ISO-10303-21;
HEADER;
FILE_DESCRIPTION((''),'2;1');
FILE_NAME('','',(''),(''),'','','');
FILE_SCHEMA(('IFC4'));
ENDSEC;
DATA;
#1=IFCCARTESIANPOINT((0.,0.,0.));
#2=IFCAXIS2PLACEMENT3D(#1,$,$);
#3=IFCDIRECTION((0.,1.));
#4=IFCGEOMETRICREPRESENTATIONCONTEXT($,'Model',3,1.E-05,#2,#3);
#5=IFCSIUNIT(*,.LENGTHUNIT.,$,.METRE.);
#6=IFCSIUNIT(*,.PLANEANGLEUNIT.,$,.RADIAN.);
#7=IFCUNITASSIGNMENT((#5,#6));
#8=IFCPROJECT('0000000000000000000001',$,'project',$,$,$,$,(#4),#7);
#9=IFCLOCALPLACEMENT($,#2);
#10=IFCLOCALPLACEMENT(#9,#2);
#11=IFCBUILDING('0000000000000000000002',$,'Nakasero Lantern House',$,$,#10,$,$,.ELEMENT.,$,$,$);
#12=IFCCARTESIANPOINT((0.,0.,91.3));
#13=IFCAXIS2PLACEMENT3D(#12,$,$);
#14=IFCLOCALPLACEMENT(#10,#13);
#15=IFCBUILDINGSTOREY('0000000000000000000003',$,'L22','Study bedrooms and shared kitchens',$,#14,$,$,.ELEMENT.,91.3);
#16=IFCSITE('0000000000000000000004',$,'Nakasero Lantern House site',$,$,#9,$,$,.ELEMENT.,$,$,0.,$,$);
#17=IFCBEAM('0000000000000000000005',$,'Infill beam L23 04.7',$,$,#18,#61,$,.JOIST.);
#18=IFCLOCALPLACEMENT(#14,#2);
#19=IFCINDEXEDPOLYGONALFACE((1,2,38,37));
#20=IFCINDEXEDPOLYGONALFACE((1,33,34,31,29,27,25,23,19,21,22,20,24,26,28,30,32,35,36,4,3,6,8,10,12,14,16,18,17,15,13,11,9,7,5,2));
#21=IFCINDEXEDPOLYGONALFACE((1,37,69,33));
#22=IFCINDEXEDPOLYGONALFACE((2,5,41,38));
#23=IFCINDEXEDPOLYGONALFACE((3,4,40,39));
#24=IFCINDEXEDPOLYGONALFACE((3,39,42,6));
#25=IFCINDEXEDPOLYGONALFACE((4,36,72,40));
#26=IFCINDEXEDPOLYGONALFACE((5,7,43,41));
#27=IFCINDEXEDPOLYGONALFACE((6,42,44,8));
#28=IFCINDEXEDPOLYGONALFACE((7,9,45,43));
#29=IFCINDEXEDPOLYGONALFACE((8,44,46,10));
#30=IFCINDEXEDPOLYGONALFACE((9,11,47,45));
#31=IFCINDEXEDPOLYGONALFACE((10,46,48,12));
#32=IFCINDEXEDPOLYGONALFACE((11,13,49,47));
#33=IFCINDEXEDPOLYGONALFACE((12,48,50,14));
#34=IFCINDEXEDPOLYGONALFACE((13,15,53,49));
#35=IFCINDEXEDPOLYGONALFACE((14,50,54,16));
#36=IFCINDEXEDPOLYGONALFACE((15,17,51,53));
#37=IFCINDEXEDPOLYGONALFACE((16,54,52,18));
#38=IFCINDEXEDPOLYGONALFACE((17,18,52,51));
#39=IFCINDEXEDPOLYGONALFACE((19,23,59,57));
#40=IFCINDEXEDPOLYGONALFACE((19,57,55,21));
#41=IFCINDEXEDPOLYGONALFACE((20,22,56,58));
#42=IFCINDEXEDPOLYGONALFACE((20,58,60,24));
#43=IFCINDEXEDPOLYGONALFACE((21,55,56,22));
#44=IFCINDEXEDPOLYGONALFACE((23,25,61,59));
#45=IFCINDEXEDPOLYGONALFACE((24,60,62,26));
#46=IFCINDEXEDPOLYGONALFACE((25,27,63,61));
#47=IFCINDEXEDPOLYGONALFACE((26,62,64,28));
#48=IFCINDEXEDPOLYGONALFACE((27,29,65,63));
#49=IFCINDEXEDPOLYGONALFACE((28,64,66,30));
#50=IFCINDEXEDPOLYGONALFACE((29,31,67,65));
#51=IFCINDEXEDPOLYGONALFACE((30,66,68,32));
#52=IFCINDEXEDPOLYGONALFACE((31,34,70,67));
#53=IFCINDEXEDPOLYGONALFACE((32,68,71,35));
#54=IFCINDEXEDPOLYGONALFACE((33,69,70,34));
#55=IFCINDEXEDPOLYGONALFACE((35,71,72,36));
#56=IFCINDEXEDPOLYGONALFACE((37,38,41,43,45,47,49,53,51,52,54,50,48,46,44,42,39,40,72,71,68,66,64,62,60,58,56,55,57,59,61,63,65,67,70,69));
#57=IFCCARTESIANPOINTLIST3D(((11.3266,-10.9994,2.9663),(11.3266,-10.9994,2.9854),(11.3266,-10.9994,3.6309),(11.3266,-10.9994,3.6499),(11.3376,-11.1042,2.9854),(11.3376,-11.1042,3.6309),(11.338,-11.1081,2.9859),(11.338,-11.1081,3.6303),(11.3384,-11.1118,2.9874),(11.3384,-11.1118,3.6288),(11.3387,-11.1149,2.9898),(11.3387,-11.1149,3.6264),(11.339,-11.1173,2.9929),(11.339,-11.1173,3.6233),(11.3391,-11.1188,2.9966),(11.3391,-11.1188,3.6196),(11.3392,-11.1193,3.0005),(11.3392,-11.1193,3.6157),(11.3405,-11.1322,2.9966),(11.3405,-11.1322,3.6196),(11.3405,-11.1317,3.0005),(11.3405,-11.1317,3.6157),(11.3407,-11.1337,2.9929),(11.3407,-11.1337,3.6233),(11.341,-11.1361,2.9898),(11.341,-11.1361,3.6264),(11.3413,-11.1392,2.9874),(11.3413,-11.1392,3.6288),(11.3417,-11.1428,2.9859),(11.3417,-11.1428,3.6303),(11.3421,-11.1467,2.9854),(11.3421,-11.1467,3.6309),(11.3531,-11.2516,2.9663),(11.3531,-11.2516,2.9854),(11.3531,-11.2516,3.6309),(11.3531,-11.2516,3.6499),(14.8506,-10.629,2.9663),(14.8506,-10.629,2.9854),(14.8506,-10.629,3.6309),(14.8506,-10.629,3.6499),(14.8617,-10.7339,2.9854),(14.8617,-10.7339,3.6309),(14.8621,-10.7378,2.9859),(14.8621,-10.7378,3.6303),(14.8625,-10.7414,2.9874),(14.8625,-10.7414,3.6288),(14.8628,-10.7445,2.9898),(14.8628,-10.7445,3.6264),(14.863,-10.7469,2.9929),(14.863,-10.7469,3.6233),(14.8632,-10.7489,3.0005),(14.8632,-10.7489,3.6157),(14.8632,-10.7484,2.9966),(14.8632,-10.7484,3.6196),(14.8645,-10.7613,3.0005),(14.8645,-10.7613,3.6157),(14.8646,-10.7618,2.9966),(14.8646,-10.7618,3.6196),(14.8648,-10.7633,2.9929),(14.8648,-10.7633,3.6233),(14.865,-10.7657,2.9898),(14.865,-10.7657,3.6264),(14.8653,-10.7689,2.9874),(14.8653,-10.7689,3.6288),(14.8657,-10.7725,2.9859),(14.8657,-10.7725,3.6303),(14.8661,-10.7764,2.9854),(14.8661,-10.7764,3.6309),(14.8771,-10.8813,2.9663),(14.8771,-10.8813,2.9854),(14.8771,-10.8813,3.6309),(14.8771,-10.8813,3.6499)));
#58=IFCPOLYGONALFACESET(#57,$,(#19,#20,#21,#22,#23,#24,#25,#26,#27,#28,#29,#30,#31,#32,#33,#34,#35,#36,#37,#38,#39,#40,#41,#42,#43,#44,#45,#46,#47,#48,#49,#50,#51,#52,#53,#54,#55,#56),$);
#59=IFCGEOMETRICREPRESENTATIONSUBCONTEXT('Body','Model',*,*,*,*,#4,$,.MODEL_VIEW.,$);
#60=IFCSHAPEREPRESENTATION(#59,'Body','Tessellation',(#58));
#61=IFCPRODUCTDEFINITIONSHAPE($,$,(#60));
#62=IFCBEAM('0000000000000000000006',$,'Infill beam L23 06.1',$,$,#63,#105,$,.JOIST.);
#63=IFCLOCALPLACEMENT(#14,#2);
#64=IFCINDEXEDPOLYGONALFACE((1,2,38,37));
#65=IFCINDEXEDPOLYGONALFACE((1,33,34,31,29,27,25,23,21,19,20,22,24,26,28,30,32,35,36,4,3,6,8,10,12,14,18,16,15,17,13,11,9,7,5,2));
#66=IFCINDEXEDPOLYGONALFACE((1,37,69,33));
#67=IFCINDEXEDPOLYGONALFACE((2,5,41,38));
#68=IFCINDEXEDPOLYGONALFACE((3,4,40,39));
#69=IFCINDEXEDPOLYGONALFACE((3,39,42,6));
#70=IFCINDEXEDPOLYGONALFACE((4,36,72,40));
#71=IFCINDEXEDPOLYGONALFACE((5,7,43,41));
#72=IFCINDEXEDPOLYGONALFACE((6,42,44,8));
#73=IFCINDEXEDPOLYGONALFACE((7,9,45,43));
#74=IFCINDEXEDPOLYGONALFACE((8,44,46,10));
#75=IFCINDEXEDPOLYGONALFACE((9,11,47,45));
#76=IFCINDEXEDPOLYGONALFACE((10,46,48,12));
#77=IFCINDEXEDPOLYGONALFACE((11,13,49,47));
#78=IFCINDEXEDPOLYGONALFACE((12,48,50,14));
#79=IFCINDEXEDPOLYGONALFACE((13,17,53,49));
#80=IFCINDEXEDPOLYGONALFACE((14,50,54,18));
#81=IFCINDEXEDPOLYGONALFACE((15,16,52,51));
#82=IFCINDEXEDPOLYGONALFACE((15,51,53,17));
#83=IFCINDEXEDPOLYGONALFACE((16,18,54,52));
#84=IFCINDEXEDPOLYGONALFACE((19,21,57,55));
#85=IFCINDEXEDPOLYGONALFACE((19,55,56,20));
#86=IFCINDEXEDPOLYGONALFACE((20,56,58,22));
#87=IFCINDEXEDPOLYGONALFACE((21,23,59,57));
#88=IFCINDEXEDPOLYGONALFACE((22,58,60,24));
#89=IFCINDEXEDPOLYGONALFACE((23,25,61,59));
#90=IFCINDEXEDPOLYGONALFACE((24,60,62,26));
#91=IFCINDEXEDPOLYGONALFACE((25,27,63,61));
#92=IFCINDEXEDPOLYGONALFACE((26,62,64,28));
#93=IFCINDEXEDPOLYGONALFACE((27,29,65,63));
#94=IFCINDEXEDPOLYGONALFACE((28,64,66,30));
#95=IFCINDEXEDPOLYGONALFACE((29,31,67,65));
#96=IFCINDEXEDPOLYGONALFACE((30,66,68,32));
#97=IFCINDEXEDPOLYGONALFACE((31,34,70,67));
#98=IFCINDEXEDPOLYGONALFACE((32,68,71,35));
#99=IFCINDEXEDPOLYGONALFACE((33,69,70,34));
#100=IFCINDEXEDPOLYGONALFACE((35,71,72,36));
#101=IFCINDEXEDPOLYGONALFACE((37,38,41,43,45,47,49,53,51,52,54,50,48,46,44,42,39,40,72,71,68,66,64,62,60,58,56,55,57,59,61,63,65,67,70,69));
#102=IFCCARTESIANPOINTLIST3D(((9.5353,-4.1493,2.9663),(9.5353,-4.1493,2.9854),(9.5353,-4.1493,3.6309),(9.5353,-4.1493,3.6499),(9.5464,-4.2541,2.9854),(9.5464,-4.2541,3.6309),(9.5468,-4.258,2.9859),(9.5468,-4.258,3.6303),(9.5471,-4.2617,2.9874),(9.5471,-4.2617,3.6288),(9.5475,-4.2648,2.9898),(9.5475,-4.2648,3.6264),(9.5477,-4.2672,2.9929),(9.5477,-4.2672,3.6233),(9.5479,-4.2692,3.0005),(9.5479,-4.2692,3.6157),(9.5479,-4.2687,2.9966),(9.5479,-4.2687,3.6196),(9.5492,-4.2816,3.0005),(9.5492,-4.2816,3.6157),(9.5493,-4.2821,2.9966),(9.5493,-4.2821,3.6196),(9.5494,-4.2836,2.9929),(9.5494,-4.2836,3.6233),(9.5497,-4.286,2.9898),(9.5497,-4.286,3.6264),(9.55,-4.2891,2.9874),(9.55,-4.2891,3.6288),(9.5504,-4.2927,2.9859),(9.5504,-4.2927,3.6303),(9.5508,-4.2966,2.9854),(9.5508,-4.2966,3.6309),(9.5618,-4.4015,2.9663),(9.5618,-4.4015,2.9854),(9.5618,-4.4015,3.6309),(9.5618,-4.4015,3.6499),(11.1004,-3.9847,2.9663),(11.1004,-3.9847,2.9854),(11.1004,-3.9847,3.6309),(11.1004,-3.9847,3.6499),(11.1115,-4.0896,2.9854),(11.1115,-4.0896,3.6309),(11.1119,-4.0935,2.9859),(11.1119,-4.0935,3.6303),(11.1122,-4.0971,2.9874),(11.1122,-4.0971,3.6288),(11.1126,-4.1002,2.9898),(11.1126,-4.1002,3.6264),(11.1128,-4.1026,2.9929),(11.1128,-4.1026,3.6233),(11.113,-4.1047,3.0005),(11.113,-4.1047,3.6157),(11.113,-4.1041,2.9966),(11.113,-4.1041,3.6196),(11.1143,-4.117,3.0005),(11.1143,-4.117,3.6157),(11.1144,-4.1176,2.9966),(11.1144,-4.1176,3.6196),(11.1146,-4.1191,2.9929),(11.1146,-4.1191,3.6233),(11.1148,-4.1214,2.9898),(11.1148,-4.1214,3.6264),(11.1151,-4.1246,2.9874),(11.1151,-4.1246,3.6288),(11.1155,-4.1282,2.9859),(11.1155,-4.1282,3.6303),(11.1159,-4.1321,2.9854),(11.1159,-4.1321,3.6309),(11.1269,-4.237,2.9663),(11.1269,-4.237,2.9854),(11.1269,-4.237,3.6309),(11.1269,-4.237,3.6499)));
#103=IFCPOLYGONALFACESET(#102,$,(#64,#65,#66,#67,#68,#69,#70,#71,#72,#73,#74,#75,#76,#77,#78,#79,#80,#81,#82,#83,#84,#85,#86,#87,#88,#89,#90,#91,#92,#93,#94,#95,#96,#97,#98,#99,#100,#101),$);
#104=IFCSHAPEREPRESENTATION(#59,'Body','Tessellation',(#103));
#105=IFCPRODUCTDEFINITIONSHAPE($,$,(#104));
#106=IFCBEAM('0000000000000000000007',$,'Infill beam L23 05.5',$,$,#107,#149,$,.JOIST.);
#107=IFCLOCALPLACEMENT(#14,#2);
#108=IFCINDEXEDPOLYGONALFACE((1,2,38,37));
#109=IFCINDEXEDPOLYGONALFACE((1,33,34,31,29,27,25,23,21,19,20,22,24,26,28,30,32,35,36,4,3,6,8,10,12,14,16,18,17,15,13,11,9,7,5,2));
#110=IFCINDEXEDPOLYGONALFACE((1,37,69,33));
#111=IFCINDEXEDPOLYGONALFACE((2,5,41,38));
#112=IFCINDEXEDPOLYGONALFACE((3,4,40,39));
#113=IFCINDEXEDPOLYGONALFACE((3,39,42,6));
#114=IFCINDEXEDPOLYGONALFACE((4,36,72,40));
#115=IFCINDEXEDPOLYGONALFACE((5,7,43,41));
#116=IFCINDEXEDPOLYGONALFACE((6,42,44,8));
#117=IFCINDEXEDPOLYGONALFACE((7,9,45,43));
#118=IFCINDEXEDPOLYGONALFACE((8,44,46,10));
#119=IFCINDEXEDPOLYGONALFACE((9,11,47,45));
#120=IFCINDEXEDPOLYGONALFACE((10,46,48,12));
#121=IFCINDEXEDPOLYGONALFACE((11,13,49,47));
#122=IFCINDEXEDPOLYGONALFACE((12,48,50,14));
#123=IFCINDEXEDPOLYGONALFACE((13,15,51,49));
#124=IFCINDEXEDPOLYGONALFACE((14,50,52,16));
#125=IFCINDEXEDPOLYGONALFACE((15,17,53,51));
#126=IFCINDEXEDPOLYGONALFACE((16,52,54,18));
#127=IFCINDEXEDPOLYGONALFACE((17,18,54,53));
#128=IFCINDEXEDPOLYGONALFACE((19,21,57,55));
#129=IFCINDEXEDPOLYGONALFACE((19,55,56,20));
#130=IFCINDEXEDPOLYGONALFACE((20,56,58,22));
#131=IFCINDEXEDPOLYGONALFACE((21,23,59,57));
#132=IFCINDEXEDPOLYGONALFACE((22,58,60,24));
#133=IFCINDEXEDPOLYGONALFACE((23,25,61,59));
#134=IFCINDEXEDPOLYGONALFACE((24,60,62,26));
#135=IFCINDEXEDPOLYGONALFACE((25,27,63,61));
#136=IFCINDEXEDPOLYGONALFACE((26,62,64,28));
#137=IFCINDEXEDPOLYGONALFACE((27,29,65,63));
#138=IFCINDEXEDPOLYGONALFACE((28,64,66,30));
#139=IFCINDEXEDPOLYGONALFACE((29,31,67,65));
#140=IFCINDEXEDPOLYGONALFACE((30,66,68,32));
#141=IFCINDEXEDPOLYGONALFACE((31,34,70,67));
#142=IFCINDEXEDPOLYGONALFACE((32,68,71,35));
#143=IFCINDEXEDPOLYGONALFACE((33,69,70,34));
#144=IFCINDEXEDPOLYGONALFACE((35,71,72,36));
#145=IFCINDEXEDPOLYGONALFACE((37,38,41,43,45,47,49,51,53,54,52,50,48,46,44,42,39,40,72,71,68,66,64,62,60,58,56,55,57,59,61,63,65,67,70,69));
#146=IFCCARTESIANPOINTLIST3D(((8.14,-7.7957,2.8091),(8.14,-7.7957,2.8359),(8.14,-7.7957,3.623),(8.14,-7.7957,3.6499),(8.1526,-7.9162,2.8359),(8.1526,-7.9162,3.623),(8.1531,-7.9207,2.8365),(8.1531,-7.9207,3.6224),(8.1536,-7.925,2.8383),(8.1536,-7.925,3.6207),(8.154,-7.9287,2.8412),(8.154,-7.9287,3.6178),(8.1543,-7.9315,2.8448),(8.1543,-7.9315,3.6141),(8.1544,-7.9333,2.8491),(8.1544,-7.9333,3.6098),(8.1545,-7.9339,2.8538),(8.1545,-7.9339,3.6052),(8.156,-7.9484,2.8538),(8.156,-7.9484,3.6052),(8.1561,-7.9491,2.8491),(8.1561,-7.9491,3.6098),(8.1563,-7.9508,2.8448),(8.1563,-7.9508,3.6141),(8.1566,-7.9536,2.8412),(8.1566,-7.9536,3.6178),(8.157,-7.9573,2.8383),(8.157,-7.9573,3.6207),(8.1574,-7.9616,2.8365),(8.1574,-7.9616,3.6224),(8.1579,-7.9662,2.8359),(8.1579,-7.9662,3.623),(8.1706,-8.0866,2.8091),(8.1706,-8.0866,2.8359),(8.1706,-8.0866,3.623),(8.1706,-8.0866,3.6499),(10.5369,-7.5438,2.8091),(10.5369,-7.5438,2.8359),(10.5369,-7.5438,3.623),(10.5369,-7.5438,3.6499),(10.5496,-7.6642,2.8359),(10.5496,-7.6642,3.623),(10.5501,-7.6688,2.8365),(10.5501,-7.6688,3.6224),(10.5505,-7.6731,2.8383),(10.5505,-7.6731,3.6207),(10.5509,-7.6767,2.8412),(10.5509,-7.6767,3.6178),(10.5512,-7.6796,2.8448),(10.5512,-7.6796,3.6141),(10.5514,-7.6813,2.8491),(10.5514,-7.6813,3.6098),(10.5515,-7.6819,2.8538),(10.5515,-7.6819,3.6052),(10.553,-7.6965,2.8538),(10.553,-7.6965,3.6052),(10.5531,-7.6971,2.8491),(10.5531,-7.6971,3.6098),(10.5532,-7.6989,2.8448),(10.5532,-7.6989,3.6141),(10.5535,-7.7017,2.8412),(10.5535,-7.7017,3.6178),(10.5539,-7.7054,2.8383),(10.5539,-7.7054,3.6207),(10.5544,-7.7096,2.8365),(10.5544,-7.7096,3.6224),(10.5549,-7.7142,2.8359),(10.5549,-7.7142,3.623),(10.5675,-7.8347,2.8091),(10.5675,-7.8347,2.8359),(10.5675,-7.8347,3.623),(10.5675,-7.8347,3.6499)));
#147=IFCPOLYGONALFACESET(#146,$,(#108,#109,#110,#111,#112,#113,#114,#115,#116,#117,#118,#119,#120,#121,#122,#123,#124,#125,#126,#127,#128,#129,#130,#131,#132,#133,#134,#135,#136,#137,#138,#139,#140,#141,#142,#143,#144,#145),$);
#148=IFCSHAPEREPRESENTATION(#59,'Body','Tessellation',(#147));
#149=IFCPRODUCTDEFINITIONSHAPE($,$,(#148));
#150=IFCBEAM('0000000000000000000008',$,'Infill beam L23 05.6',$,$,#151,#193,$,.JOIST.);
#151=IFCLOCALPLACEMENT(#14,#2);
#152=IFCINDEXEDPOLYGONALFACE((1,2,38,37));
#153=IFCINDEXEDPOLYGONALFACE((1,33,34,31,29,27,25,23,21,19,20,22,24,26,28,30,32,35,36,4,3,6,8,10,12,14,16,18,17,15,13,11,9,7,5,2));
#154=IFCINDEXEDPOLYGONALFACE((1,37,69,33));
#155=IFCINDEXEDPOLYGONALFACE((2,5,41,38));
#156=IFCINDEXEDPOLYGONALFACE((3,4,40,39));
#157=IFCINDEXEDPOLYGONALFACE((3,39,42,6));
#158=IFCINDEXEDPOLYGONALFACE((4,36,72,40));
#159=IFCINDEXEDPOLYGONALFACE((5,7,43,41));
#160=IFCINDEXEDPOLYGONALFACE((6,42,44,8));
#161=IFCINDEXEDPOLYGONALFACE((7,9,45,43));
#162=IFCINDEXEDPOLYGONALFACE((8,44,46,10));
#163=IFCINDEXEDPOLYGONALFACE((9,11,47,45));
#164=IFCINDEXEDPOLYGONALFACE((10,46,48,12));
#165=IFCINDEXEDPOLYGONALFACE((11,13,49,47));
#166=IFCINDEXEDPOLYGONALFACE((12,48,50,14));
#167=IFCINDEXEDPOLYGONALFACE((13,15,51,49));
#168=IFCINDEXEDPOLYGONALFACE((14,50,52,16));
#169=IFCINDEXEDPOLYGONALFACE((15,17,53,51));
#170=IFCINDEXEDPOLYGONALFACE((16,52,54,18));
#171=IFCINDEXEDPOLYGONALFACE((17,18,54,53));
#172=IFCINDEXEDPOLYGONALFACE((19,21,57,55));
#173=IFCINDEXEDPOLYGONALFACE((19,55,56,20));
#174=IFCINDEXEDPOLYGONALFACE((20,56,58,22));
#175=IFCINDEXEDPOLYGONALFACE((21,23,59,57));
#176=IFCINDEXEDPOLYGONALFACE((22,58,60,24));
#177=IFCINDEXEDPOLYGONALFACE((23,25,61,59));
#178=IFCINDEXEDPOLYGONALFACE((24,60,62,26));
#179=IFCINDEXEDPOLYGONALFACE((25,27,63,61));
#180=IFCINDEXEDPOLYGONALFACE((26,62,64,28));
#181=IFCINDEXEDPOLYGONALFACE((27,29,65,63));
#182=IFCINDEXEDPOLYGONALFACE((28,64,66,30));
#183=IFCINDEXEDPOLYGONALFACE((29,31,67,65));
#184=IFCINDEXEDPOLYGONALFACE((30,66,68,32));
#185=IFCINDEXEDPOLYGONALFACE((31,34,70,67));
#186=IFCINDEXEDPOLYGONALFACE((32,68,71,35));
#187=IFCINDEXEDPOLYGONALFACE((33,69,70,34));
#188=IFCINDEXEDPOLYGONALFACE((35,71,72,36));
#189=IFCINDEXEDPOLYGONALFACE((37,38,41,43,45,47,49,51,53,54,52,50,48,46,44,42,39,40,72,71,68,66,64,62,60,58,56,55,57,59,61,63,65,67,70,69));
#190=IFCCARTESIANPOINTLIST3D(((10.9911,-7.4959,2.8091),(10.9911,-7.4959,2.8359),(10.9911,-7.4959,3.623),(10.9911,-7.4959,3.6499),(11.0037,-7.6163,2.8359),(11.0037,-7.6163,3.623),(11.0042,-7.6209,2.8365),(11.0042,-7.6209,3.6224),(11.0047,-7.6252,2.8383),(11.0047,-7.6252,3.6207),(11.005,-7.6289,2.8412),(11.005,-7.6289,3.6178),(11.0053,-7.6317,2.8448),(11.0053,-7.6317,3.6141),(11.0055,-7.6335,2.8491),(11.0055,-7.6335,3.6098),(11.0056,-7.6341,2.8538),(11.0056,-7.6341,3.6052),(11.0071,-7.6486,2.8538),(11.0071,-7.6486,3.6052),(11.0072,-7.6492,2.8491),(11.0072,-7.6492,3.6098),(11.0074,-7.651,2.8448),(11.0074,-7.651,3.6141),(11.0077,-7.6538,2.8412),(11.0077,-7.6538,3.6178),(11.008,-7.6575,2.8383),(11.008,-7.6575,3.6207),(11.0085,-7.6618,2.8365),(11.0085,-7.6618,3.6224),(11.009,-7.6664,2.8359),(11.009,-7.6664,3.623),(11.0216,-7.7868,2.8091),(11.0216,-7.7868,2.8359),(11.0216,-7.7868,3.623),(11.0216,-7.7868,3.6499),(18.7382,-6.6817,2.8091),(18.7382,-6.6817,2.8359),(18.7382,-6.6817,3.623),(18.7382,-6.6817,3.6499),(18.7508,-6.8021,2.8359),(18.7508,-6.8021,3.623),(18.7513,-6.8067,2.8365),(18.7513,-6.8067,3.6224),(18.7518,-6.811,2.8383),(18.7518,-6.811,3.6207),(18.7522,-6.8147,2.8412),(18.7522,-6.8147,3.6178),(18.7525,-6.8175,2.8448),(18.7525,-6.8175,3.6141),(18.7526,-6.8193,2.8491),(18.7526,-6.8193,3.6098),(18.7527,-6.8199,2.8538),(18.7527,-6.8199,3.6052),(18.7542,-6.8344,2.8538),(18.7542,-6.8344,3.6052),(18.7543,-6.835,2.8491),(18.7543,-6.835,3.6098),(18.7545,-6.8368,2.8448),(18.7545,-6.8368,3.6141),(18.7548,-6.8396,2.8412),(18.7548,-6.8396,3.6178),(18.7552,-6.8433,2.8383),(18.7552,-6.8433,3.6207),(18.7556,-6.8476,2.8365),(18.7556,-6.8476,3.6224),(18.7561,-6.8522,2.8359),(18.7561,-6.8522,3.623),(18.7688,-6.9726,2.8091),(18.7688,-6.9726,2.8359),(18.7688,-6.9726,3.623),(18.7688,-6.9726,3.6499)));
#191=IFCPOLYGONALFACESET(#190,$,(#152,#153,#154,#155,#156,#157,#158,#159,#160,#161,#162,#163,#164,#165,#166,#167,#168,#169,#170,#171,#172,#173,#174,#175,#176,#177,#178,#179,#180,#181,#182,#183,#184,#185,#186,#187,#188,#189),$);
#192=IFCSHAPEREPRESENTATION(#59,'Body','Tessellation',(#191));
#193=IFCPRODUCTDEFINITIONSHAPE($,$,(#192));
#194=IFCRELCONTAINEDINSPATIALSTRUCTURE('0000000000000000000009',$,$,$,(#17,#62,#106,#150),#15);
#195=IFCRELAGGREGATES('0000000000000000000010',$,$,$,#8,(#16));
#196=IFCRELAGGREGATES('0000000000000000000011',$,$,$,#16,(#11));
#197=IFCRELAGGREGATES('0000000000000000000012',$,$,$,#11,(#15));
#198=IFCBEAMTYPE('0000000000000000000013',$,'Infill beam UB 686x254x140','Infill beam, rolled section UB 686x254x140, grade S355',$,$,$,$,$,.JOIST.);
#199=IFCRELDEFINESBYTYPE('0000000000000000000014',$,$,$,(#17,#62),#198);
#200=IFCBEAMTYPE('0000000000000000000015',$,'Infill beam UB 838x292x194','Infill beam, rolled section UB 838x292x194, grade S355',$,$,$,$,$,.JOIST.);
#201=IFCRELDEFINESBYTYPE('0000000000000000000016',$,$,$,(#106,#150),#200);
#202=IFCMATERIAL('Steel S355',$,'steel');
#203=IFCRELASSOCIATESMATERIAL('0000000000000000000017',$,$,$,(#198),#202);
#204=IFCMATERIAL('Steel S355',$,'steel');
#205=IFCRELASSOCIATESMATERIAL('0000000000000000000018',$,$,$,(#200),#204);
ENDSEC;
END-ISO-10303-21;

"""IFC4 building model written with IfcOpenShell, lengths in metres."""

from ifc_helpers import new_model, si_unit, direction, frame, origin, origin_2d, place, context, subcontext, project, spatial, i_section, extrude, material, material_profile, profile_set, type_object, element, save


model = new_model("IFC4")

# Units and contexts
model_context = context("Model", 3, precision=1e-05, world=origin(), true_north=direction((0.0, 1.0)))
body_context = subcontext(model_context, "Body", "Model", "MODEL_VIEW")
ifc_project = project(units=[si_unit("LENGTHUNIT", "METRE"), si_unit("PLANEANGLEUNIT", "RADIAN")], contexts=[model_context])

# Site, building, storey
site_placement = place(None, origin())
site = spatial("IfcSite", under=ifc_project, at=site_placement, Name="Nakasero Lantern House site", CompositionType="ELEMENT", RefElevation=0.0)
building_placement = place(site_placement, origin())
building = spatial("IfcBuilding", under=site, at=building_placement, Name="Nakasero Lantern House", CompositionType="ELEMENT")
storey_placement = place(building_placement, frame((0.0, 0.0, 91.3)))
storey = spatial("IfcBuildingStorey", under=building, at=storey_placement, Name="L22", Description="Study bedrooms and shared kitchens", CompositionType="ELEMENT", Elevation=91.3)

# Beams
ifc_material_1 = material(Name="Steel S355", Category="steel")
ifc_material_profile_1 = material_profile(ifc_material_1, i_section(OverallWidth=0.2537, OverallDepth=0.6836, WebThickness=0.0125, FlangeThickness=0.019, FilletRadius=0.0151, at=origin_2d()), Name="UB 686x254x140")
ifc_profile_set_1 = profile_set([ifc_material_profile_1], Name="Steel S355")
beam_type_1 = type_object("IfcBeamType", Name="Infill beam UB 686x254x140", Description="Infill beam, rolled section UB 686x254x140, grade S355", PredefinedType="JOIST", material=ifc_profile_set_1)
beam_1_placement = place(storey_placement, frame((11.3398, -11.1255, 3.3081), z_axis=(0.994523, 0.104516, 0.0), x_axis=(-0.104516, 0.994523, 0.0)))
element("IfcBeam", 1, at=beam_1_placement, inside=storey, type_object=beam_type_1, Name="Infill beam L23 04.7", PredefinedType="JOIST", context=body_context, shape_type="SweptSolid", body=[
    extrude(i_section(OverallWidth=0.2537, OverallDepth=0.6836, WebThickness=0.0125, FlangeThickness=0.019, FilletRadius=0.0151, at=origin_2d()), origin(), (0.0, 0.0, 1.0), 3.5435),
])
beam_2_placement = place(storey_placement, frame((9.5486, -4.2754, 3.3081), z_axis=(0.994519, 0.104556, 0.0), x_axis=(-0.104556, 0.994519, 0.0)))
element("IfcBeam", 2, at=beam_2_placement, inside=storey, type_object=beam_type_1, Name="Infill beam L23 06.1", PredefinedType="JOIST", context=body_context, shape_type="SweptSolid", body=[
    extrude(i_section(OverallWidth=0.2537, OverallDepth=0.6836, WebThickness=0.0125, FlangeThickness=0.019, FilletRadius=0.0151, at=origin_2d()), origin(), (0.0, 0.0, 1.0), 1.5737),
])
ifc_material_2 = material(Name="Steel S355", Category="steel")
ifc_material_profile_2 = material_profile(ifc_material_2, i_section(OverallWidth=0.2925, OverallDepth=0.8408, WebThickness=0.0146, FlangeThickness=0.0269, FilletRadius=0.0178, at=origin_2d()), Name="UB 838x292x194")
ifc_profile_set_2 = profile_set([ifc_material_profile_2], Name="Steel S355")
beam_type_2 = type_object("IfcBeamType", Name="Infill beam UB 838x292x194", Description="Infill beam, rolled section UB 838x292x194, grade S355", PredefinedType="JOIST", material=ifc_profile_set_2)
beam_3_placement = place(storey_placement, frame((8.1553, -7.9412, 3.2295), z_axis=(0.994521, 0.104537, 0.0), x_axis=(-0.104537, 0.994521, 0.0)))
element("IfcBeam", 3, at=beam_3_placement, inside=storey, type_object=beam_type_2, Name="Infill beam L23 05.5", PredefinedType="JOIST", context=body_context, shape_type="SweptSolid", body=[
    extrude(i_section(OverallWidth=0.2925, OverallDepth=0.8408, WebThickness=0.0146, FlangeThickness=0.0269, FilletRadius=0.0178, at=origin_2d()), origin(), (0.0, 0.0, 1.0), 2.4102),
])
beam_4_placement = place(storey_placement, frame((11.0063, -7.6414, 3.2295), z_axis=(0.994522, 0.104523, 0.0), x_axis=(-0.104523, 0.994522, 0.0)))
element("IfcBeam", 4, at=beam_4_placement, inside=storey, type_object=beam_type_2, Name="Infill beam L23 05.6", PredefinedType="JOIST", context=body_context, shape_type="SweptSolid", body=[
    extrude(i_section(OverallWidth=0.2925, OverallDepth=0.8408, WebThickness=0.0146, FlangeThickness=0.0269, FilletRadius=0.0178, at=origin_2d()), origin(), (0.0, 0.0, 1.0), 7.7898),
])

save(model, "model.ifc")
